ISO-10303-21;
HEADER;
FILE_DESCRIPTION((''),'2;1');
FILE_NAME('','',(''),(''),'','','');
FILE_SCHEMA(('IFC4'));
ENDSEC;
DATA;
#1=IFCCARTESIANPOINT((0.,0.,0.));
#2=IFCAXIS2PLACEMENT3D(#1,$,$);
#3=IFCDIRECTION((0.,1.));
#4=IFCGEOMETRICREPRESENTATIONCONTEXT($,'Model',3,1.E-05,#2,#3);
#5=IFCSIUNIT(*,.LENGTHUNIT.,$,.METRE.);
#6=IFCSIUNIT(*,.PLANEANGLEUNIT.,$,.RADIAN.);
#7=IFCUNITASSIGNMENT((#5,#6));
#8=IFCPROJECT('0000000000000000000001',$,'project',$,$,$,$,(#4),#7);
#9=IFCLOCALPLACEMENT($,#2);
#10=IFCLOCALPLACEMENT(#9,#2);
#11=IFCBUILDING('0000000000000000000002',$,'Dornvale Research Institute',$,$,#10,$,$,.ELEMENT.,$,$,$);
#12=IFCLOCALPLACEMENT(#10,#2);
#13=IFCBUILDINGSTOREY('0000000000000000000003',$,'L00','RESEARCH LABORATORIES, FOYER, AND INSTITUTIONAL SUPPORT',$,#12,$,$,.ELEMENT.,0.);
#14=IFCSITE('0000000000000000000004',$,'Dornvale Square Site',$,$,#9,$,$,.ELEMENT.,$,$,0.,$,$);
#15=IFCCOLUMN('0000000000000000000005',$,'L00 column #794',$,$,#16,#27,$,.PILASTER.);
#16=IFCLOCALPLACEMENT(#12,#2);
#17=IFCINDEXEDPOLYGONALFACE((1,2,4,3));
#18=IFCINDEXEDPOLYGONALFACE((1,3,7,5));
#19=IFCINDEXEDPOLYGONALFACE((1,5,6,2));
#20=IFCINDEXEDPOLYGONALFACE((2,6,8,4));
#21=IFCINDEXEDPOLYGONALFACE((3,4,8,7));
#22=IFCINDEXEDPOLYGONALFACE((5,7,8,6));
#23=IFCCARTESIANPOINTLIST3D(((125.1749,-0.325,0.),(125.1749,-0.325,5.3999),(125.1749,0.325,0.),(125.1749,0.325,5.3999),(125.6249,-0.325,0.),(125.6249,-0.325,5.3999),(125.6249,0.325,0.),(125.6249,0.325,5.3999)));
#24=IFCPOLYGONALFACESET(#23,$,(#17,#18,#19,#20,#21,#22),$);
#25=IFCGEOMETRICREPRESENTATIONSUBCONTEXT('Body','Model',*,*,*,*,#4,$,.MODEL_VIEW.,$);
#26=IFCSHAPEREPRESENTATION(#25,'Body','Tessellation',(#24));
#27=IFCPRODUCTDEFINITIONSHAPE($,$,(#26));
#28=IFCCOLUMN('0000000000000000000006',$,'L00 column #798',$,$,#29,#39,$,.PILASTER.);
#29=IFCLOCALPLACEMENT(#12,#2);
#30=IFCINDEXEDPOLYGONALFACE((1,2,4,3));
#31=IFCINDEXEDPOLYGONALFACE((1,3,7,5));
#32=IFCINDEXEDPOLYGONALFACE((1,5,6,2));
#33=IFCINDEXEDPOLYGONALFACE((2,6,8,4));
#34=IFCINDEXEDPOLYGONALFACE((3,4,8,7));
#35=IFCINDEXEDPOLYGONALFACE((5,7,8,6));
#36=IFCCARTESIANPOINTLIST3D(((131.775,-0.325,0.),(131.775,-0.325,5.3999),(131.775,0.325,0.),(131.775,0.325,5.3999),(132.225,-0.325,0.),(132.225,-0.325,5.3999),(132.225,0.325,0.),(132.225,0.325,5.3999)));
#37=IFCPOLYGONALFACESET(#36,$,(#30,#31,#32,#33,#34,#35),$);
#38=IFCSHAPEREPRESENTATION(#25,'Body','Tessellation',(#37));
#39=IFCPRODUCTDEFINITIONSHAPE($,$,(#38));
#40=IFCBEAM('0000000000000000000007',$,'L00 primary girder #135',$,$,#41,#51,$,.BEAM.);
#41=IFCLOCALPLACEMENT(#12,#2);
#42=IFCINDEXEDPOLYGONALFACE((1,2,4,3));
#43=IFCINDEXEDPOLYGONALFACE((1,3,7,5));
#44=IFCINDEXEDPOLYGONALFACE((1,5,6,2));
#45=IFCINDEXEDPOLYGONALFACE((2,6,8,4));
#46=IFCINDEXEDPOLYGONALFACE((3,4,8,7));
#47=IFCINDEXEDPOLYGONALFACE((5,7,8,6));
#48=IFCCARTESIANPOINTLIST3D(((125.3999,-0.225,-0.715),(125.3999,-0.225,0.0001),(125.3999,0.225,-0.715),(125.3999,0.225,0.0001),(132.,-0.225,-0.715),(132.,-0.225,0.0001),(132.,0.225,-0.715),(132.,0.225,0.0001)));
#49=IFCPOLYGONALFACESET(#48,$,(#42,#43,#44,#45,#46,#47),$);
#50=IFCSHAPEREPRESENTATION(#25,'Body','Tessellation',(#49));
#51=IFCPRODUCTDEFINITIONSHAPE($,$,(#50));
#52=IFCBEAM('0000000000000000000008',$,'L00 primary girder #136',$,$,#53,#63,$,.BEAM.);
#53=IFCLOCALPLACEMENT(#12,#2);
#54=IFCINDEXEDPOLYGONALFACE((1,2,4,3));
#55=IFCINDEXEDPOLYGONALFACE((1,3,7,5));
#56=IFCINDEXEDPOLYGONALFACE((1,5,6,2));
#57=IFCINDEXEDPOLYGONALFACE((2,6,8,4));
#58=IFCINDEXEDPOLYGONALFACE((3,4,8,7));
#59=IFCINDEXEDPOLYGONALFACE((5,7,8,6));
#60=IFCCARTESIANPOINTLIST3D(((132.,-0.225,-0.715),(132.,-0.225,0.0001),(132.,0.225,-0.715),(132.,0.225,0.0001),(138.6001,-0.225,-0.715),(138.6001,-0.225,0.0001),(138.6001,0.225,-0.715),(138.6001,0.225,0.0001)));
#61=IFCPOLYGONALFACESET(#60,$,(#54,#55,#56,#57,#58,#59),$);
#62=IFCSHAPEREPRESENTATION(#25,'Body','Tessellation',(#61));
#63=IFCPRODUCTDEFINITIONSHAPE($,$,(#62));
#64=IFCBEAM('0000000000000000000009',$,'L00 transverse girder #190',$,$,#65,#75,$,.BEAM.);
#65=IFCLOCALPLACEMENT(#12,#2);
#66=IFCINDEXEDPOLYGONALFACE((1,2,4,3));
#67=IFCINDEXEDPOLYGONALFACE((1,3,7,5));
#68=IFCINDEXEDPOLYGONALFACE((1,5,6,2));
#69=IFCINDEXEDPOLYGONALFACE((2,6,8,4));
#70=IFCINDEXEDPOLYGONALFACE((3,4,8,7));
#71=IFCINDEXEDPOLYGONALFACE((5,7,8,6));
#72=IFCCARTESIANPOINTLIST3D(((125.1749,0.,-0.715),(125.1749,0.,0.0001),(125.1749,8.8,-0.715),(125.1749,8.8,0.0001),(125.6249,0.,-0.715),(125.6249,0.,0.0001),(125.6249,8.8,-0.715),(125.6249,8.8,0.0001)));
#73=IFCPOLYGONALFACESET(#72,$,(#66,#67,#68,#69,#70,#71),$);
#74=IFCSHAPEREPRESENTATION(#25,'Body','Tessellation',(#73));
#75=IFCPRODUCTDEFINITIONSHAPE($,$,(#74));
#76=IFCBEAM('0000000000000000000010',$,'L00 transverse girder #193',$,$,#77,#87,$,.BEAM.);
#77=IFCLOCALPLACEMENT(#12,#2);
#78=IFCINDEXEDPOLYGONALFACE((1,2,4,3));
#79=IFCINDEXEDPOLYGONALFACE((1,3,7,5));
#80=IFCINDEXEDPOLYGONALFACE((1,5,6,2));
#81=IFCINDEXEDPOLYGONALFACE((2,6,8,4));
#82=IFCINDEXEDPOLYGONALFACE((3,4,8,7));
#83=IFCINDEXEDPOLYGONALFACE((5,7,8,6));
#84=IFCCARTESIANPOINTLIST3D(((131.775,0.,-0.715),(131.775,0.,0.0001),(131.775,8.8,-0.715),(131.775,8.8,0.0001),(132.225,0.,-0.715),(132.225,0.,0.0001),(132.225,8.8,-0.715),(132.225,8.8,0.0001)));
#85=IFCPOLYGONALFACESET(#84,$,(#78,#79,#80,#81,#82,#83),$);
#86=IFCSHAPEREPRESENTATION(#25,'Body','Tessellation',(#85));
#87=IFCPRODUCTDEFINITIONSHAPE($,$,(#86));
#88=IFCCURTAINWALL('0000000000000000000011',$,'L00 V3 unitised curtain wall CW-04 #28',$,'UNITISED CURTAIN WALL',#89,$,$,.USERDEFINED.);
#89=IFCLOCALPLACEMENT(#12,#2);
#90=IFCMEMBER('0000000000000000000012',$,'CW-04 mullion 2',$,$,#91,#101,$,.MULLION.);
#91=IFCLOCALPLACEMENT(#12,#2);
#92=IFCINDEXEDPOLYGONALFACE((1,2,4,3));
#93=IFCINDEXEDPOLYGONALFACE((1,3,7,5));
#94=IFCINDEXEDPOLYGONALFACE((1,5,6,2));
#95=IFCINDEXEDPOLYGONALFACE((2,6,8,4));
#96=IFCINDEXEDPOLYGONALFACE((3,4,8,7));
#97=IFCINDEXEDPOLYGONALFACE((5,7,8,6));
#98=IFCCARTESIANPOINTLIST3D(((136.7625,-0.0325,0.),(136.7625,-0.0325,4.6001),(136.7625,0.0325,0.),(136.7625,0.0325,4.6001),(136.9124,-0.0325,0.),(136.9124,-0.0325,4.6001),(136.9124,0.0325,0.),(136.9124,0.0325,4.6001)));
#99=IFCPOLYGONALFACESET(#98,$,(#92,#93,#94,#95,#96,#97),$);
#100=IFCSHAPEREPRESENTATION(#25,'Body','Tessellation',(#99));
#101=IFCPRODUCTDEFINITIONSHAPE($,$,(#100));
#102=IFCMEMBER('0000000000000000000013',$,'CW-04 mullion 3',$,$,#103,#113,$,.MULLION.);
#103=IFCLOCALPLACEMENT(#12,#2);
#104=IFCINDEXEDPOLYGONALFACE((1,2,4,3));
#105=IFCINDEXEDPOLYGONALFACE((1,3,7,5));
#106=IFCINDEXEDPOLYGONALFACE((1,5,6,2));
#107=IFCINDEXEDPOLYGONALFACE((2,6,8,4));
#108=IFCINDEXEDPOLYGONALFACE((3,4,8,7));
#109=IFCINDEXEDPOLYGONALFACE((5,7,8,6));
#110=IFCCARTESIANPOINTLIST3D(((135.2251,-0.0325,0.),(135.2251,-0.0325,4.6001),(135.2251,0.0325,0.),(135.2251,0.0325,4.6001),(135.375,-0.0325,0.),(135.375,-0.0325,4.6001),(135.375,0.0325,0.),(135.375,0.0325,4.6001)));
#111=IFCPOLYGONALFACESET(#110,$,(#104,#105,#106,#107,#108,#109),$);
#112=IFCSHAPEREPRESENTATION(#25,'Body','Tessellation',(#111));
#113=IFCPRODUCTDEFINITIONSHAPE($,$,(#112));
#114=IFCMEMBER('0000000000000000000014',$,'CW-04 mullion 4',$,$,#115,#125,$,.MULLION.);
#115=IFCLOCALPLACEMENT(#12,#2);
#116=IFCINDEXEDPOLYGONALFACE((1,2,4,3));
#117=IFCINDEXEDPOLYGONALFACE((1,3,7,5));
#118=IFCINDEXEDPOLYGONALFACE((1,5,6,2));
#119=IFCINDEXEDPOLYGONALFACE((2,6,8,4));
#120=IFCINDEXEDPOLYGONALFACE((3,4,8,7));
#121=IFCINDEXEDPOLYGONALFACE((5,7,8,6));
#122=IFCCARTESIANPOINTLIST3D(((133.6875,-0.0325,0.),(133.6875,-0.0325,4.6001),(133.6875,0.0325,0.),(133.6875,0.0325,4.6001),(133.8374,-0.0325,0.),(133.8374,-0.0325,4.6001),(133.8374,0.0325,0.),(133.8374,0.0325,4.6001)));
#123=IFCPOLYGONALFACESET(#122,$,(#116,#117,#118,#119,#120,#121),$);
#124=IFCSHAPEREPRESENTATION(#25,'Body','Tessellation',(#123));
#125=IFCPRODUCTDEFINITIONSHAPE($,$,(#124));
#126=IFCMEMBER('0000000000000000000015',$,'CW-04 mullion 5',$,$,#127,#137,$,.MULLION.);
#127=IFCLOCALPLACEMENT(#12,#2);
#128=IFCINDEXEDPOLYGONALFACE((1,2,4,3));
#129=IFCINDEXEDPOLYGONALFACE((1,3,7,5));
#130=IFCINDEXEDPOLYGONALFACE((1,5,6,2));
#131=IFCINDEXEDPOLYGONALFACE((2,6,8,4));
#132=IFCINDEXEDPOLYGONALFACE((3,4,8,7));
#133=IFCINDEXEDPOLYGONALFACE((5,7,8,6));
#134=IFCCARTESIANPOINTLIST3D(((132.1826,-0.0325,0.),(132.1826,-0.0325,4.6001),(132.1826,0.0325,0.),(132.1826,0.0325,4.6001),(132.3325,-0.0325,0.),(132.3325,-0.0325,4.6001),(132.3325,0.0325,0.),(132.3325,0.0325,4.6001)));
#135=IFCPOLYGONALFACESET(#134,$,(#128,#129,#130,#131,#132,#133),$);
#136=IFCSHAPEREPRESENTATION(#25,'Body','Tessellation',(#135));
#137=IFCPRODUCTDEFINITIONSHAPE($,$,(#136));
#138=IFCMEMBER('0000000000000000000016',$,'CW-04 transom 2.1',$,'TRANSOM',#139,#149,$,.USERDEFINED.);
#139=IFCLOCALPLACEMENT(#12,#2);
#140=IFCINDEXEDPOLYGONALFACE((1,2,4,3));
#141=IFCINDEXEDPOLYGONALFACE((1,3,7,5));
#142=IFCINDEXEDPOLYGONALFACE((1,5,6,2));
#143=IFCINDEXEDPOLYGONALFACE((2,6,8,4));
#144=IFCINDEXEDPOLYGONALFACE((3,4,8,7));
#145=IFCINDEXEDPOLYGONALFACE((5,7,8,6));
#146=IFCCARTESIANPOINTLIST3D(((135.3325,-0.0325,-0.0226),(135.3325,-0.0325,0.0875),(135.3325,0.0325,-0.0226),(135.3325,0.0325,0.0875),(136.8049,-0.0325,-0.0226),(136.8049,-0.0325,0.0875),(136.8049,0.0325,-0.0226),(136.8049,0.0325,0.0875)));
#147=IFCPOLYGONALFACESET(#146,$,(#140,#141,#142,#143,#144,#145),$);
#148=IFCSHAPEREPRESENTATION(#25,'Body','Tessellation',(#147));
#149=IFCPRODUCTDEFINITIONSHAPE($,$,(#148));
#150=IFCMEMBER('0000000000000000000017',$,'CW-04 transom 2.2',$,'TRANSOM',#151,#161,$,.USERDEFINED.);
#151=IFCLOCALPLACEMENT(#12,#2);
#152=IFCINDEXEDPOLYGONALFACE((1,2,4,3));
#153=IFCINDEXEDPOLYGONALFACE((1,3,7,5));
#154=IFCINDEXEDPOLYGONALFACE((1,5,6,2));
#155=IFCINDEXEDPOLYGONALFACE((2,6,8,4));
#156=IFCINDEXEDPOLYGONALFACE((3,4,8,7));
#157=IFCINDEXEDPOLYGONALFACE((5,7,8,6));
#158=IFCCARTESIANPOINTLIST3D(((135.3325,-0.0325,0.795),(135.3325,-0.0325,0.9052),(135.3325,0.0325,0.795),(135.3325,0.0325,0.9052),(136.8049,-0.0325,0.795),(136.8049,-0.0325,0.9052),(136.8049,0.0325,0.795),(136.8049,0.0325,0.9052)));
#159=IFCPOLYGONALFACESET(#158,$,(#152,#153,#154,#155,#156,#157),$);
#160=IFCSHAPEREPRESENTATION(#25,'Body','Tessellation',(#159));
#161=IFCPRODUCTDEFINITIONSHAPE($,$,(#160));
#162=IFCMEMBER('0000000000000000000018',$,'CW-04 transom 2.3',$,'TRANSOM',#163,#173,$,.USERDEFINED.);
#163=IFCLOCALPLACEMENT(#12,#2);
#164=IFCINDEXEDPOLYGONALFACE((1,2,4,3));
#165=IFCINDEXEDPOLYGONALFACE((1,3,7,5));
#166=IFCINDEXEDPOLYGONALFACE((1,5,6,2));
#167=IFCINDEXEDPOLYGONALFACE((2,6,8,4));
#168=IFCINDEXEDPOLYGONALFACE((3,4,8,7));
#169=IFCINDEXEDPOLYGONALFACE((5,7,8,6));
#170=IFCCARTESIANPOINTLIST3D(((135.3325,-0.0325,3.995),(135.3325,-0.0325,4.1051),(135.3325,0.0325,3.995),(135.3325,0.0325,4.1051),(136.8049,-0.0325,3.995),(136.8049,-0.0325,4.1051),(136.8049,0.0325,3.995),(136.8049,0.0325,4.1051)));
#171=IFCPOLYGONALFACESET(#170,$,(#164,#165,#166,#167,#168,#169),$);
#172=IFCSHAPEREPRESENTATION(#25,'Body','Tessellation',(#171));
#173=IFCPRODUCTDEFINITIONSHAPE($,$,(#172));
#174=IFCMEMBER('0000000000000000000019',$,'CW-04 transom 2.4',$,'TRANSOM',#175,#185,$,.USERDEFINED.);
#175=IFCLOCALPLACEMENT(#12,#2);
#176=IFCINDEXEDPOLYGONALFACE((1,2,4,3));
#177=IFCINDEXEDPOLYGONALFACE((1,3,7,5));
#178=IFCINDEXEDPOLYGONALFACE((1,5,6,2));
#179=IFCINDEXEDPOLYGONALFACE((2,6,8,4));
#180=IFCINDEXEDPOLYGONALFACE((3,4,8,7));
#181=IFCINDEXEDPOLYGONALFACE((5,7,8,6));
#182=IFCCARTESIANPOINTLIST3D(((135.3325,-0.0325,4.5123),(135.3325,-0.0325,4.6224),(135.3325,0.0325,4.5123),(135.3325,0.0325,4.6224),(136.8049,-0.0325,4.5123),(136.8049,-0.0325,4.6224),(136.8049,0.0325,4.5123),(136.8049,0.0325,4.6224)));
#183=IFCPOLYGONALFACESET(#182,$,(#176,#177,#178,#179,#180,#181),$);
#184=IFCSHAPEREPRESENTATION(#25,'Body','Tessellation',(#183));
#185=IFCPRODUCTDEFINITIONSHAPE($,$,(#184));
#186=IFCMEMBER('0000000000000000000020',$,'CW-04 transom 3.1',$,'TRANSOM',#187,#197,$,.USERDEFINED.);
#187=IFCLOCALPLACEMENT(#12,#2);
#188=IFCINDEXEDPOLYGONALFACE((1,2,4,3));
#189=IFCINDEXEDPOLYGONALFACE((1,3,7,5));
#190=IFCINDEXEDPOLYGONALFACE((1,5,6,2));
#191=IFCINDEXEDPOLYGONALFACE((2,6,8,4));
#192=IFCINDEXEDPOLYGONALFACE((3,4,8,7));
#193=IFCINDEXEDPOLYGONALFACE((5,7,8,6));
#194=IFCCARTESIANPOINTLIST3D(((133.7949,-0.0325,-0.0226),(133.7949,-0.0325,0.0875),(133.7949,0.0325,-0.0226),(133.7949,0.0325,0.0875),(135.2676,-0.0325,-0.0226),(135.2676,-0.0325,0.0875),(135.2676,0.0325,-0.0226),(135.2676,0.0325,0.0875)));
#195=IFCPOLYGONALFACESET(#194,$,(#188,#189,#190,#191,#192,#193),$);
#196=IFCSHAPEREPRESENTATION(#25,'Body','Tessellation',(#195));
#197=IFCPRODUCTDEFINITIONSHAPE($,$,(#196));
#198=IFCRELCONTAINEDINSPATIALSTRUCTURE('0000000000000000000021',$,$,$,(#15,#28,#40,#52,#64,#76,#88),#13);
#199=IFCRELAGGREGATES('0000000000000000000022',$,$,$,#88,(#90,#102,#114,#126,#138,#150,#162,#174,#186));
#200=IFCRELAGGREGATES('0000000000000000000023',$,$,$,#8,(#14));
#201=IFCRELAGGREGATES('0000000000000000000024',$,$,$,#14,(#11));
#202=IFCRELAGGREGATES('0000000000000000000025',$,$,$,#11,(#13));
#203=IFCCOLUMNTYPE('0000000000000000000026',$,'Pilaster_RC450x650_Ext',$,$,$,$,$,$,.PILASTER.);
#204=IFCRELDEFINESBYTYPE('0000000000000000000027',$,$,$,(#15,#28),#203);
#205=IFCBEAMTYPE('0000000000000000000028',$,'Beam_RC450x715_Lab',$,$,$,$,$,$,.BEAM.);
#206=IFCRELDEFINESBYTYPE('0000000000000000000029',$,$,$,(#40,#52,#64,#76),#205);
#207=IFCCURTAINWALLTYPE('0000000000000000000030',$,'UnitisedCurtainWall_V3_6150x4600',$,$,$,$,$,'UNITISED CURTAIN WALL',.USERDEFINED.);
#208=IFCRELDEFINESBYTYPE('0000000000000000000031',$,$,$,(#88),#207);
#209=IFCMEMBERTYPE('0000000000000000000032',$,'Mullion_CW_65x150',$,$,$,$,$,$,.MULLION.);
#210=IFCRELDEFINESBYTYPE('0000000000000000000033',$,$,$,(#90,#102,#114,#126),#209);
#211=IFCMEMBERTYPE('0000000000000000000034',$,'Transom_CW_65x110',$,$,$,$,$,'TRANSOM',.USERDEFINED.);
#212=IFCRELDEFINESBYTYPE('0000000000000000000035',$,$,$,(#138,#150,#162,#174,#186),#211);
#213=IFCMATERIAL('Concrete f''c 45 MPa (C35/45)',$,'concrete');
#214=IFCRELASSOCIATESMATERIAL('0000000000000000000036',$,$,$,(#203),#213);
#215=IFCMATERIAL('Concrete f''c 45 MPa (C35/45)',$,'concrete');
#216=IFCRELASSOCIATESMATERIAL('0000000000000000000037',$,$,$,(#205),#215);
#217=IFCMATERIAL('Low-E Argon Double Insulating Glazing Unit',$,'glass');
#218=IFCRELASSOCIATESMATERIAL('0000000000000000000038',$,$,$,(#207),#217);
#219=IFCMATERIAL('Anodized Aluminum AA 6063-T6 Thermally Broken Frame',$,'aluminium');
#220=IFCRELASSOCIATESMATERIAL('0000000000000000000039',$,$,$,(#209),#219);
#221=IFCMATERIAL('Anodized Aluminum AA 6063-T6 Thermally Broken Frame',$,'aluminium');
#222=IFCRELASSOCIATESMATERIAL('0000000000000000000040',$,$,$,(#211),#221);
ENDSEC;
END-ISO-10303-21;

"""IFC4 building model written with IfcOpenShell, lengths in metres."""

from ifc_helpers import new_model, si_unit, direction, frame, origin, origin_2d, place, context, subcontext, project, spatial, rectangle, extrude, material, material_profile, profile_set, type_object, element, aggregate, save


model = new_model("IFC4")

# Units and contexts
model_context = context("Model", 3, precision=1e-05, world=origin(), true_north=direction((0.0, 1.0)))
body_context = subcontext(model_context, "Body", "Model", "MODEL_VIEW")
ifc_project = project(units=[si_unit("LENGTHUNIT", "METRE"), si_unit("PLANEANGLEUNIT", "RADIAN")], contexts=[model_context])

# Site, building, storey
site_placement = place(None, origin())
site = spatial("IfcSite", under=ifc_project, at=site_placement, Name="Dornvale Square Site", CompositionType="ELEMENT", RefElevation=0.0)
building_placement = place(site_placement, origin())
building = spatial("IfcBuilding", under=site, at=building_placement, Name="Dornvale Research Institute", CompositionType="ELEMENT")
storey_placement = place(building_placement, origin())
storey = spatial("IfcBuildingStorey", under=building, at=storey_placement, Name="L00", Description="RESEARCH LABORATORIES, FOYER, AND INSTITUTIONAL SUPPORT", CompositionType="ELEMENT", Elevation=0.0)

# Columns
ifc_material_1 = material(Name="Concrete f'c 45 MPa (C35/45)", Category="concrete")
ifc_material_profile_1 = material_profile(ifc_material_1, rectangle(XDim=0.45, YDim=0.6499, at=origin_2d()), Name="RC 450x650")
ifc_profile_set_1 = profile_set([ifc_material_profile_1], Name="Concrete f'c 45 MPa (C35/45)")
column_type = type_object("IfcColumnType", Name="Pilaster_RC450x650_Ext", PredefinedType="PILASTER", material=ifc_profile_set_1)
for number, where, z_axis, x_axis, name in (
    (1, (125.3999, 0.0, 0.0), (0.0, 0.0, 1.0), (1.0, 0.0, 0.0), "L00 column #794"),
    (2, (132.0, 0.0, 0.0), (0.0, 0.0, 1.0), (1.0, 0.0, 0.0), "L00 column #798"),
):
    element("IfcColumn", number, at=place(storey_placement, frame(where, z_axis=z_axis, x_axis=x_axis)), inside=storey, type_object=column_type, Name=name, PredefinedType="PILASTER", context=body_context, shape_type="SweptSolid", body=[
        extrude(rectangle(XDim=0.45, YDim=0.6499, at=origin_2d()), origin(), (0.0, 0.0, 1.0), 5.3999),
    ])

# Beams
ifc_material_2 = material(Name="Concrete f'c 45 MPa (C35/45)", Category="concrete")
ifc_material_profile_2 = material_profile(ifc_material_2, rectangle(XDim=0.45, YDim=0.7151, at=origin_2d()), Name="RC 450x715")
ifc_profile_set_2 = profile_set([ifc_material_profile_2], Name="Concrete f'c 45 MPa (C35/45)")
beam_type = type_object("IfcBeamType", Name="Beam_RC450x715_Lab", PredefinedType="BEAM", material=ifc_profile_set_2)
for number, where, z_axis, x_axis, name in (
    (3, (125.3999, 0.0, -0.3574), (1.0, 0.0, 0.0), (0.0, 1.0, 0.0), "L00 primary girder #135"),
    (4, (132.0, 0.0, -0.3574), (1.0, 0.0, 0.0), (0.0, 1.0, 0.0), "L00 primary girder #136"),
):
    element("IfcBeam", number, at=place(storey_placement, frame(where, z_axis=z_axis, x_axis=x_axis)), inside=storey, type_object=beam_type, Name=name, PredefinedType="BEAM", context=body_context, shape_type="SweptSolid", body=[
        extrude(rectangle(XDim=0.45, YDim=0.7151, at=origin_2d()), origin(), (0.0, 0.0, 1.0), 6.6001),
    ])
for number, where, z_axis, x_axis, name in (
    (5, (125.3999, 0.0, -0.3574), (0.0, 1.0, 0.0), (-1.0, 0.0, 0.0), "L00 transverse girder #190"),
    (6, (132.0, 0.0, -0.3574), (0.0, 1.0, 0.0), (-1.0, 0.0, 0.0), "L00 transverse girder #193"),
):
    element("IfcBeam", number, at=place(storey_placement, frame(where, z_axis=z_axis, x_axis=x_axis)), inside=storey, type_object=beam_type, Name=name, PredefinedType="BEAM", context=body_context, shape_type="SweptSolid", body=[
        extrude(rectangle(XDim=0.45, YDim=0.7151, at=origin_2d()), origin(), (0.0, 0.0, 1.0), 8.8),
    ])

# Curtain wall, members
ifc_material_3 = material(Name="Low-E Argon Double Insulating Glazing Unit", Category="glass")
curtain_wall_type = type_object("IfcCurtainWallType", Name="UnitisedCurtainWall_V3_6150x4600", ElementType="UNITISED CURTAIN WALL", PredefinedType="USERDEFINED", material=ifc_material_3)
curtain_wall_placement = place(storey_placement, origin())
curtain_wall = element("IfcCurtainWall", 7, at=curtain_wall_placement, inside=storey, type_object=curtain_wall_type, Name="L00 V3 unitised curtain wall CW-04 #28", ObjectType="UNITISED CURTAIN WALL", PredefinedType="USERDEFINED")
ifc_material_4 = material(Name="Anodized Aluminum AA 6063-T6 Thermally Broken Frame", Category="aluminium")
ifc_material_profile_3 = material_profile(ifc_material_4, rectangle(XDim=0.0649, YDim=0.1499, at=origin_2d()), Name="ALU MULLION 65x150")
ifc_profile_set_3 = profile_set([ifc_material_profile_3], Name="Anodized Aluminum AA 6063-T6 Thermally Broken Frame")
member_type_1 = type_object("IfcMemberType", Name="Mullion_CW_65x150", PredefinedType="MULLION", material=ifc_profile_set_3)
member_1_placement = place(storey_placement, frame((136.8374, 0.0, 0.0), z_axis=(0.0, 0.0, 1.0), x_axis=(0.0, -1.0, 0.0)))
member_1 = element("IfcMember", 8, at=member_1_placement, type_object=member_type_1, Name="CW-04 mullion 2", PredefinedType="MULLION", context=body_context, shape_type="SweptSolid", body=[
    extrude(rectangle(XDim=0.0649, YDim=0.1499, at=origin_2d()), origin(), (0.0, 0.0, 1.0), 4.6001),
])
member_2_placement = place(storey_placement, frame((135.3, 0.0, 0.0), z_axis=(0.0, 0.0, 1.0), x_axis=(0.0, -1.0, 0.0)))
member_2 = element("IfcMember", 9, at=member_2_placement, type_object=member_type_1, Name="CW-04 mullion 3", PredefinedType="MULLION", context=body_context, shape_type="SweptSolid", body=[
    extrude(rectangle(XDim=0.0649, YDim=0.1499, at=origin_2d()), origin(), (0.0, 0.0, 1.0), 4.6001),
])
member_3_placement = place(storey_placement, frame((133.7625, 0.0, 0.0), z_axis=(0.0, 0.0, 1.0), x_axis=(0.0, -1.0, 0.0)))
member_3 = element("IfcMember", 10, at=member_3_placement, type_object=member_type_1, Name="CW-04 mullion 4", PredefinedType="MULLION", context=body_context, shape_type="SweptSolid", body=[
    extrude(rectangle(XDim=0.0649, YDim=0.1499, at=origin_2d()), origin(), (0.0, 0.0, 1.0), 4.6001),
])
member_4_placement = place(storey_placement, frame((132.2576, 0.0, 0.0), z_axis=(0.0, 0.0, 1.0), x_axis=(0.0, -1.0, 0.0)))
member_4 = element("IfcMember", 11, at=member_4_placement, type_object=member_type_1, Name="CW-04 mullion 5", PredefinedType="MULLION", context=body_context, shape_type="SweptSolid", body=[
    extrude(rectangle(XDim=0.0649, YDim=0.1499, at=origin_2d()), origin(), (0.0, 0.0, 1.0), 4.6001),
])
ifc_material_5 = material(Name="Anodized Aluminum AA 6063-T6 Thermally Broken Frame", Category="aluminium")
ifc_material_profile_4 = material_profile(ifc_material_5, rectangle(XDim=0.0649, YDim=0.1101, at=origin_2d()), Name="ALU TRANSOM 65x110")
ifc_profile_set_4 = profile_set([ifc_material_profile_4], Name="Anodized Aluminum AA 6063-T6 Thermally Broken Frame")
member_type_2 = type_object("IfcMemberType", Name="Transom_CW_65x110", ElementType="TRANSOM", PredefinedType="USERDEFINED", material=ifc_profile_set_4)
member_5_placement = place(storey_placement, frame((136.8049, 0.0, 0.0325), z_axis=(-1.0, 0.0, 0.0), x_axis=(0.0, -1.0, 0.0)))
member_5 = element("IfcMember", 12, at=member_5_placement, type_object=member_type_2, Name="CW-04 transom 2.1", ObjectType="TRANSOM", PredefinedType="USERDEFINED", context=body_context, shape_type="SweptSolid", body=[
    extrude(rectangle(XDim=0.0649, YDim=0.1101, at=origin_2d()), origin(), (0.0, 0.0, 1.0), 1.4724),
])
member_6_placement = place(storey_placement, frame((136.8049, 0.0, 0.8501), z_axis=(-1.0, 0.0, 0.0), x_axis=(0.0, -1.0, 0.0)))
member_6 = element("IfcMember", 13, at=member_6_placement, type_object=member_type_2, Name="CW-04 transom 2.2", ObjectType="TRANSOM", PredefinedType="USERDEFINED", context=body_context, shape_type="SweptSolid", body=[
    extrude(rectangle(XDim=0.0649, YDim=0.1101, at=origin_2d()), origin(), (0.0, 0.0, 1.0), 1.4724),
])
member_7_placement = place(storey_placement, frame((136.8049, 0.0, 4.05), z_axis=(-1.0, 0.0, 0.0), x_axis=(0.0, -1.0, 0.0)))
member_7 = element("IfcMember", 14, at=member_7_placement, type_object=member_type_2, Name="CW-04 transom 2.3", ObjectType="TRANSOM", PredefinedType="USERDEFINED", context=body_context, shape_type="SweptSolid", body=[
    extrude(rectangle(XDim=0.0649, YDim=0.1101, at=origin_2d()), origin(), (0.0, 0.0, 1.0), 1.4724),
])
member_8_placement = place(storey_placement, frame((136.8049, 0.0, 4.5674), z_axis=(-1.0, 0.0, 0.0), x_axis=(0.0, -1.0, 0.0)))
member_8 = element("IfcMember", 15, at=member_8_placement, type_object=member_type_2, Name="CW-04 transom 2.4", ObjectType="TRANSOM", PredefinedType="USERDEFINED", context=body_context, shape_type="SweptSolid", body=[
    extrude(rectangle(XDim=0.0649, YDim=0.1101, at=origin_2d()), origin(), (0.0, 0.0, 1.0), 1.4724),
])
member_9_placement = place(storey_placement, frame((135.2676, 0.0, 0.0325), z_axis=(-1.0, 0.0, 0.0), x_axis=(0.0, -1.0, 0.0)))
member_9 = element("IfcMember", 16, at=member_9_placement, type_object=member_type_2, Name="CW-04 transom 3.1", ObjectType="TRANSOM", PredefinedType="USERDEFINED", context=body_context, shape_type="SweptSolid", body=[
    extrude(rectangle(XDim=0.0649, YDim=0.1101, at=origin_2d()), origin(), (0.0, 0.0, 1.0), 1.4727),
])
aggregate(curtain_wall, [member_1, member_2, member_3, member_4, member_5, member_6, member_7, member_8, member_9])

save(model, "model.ifc")
